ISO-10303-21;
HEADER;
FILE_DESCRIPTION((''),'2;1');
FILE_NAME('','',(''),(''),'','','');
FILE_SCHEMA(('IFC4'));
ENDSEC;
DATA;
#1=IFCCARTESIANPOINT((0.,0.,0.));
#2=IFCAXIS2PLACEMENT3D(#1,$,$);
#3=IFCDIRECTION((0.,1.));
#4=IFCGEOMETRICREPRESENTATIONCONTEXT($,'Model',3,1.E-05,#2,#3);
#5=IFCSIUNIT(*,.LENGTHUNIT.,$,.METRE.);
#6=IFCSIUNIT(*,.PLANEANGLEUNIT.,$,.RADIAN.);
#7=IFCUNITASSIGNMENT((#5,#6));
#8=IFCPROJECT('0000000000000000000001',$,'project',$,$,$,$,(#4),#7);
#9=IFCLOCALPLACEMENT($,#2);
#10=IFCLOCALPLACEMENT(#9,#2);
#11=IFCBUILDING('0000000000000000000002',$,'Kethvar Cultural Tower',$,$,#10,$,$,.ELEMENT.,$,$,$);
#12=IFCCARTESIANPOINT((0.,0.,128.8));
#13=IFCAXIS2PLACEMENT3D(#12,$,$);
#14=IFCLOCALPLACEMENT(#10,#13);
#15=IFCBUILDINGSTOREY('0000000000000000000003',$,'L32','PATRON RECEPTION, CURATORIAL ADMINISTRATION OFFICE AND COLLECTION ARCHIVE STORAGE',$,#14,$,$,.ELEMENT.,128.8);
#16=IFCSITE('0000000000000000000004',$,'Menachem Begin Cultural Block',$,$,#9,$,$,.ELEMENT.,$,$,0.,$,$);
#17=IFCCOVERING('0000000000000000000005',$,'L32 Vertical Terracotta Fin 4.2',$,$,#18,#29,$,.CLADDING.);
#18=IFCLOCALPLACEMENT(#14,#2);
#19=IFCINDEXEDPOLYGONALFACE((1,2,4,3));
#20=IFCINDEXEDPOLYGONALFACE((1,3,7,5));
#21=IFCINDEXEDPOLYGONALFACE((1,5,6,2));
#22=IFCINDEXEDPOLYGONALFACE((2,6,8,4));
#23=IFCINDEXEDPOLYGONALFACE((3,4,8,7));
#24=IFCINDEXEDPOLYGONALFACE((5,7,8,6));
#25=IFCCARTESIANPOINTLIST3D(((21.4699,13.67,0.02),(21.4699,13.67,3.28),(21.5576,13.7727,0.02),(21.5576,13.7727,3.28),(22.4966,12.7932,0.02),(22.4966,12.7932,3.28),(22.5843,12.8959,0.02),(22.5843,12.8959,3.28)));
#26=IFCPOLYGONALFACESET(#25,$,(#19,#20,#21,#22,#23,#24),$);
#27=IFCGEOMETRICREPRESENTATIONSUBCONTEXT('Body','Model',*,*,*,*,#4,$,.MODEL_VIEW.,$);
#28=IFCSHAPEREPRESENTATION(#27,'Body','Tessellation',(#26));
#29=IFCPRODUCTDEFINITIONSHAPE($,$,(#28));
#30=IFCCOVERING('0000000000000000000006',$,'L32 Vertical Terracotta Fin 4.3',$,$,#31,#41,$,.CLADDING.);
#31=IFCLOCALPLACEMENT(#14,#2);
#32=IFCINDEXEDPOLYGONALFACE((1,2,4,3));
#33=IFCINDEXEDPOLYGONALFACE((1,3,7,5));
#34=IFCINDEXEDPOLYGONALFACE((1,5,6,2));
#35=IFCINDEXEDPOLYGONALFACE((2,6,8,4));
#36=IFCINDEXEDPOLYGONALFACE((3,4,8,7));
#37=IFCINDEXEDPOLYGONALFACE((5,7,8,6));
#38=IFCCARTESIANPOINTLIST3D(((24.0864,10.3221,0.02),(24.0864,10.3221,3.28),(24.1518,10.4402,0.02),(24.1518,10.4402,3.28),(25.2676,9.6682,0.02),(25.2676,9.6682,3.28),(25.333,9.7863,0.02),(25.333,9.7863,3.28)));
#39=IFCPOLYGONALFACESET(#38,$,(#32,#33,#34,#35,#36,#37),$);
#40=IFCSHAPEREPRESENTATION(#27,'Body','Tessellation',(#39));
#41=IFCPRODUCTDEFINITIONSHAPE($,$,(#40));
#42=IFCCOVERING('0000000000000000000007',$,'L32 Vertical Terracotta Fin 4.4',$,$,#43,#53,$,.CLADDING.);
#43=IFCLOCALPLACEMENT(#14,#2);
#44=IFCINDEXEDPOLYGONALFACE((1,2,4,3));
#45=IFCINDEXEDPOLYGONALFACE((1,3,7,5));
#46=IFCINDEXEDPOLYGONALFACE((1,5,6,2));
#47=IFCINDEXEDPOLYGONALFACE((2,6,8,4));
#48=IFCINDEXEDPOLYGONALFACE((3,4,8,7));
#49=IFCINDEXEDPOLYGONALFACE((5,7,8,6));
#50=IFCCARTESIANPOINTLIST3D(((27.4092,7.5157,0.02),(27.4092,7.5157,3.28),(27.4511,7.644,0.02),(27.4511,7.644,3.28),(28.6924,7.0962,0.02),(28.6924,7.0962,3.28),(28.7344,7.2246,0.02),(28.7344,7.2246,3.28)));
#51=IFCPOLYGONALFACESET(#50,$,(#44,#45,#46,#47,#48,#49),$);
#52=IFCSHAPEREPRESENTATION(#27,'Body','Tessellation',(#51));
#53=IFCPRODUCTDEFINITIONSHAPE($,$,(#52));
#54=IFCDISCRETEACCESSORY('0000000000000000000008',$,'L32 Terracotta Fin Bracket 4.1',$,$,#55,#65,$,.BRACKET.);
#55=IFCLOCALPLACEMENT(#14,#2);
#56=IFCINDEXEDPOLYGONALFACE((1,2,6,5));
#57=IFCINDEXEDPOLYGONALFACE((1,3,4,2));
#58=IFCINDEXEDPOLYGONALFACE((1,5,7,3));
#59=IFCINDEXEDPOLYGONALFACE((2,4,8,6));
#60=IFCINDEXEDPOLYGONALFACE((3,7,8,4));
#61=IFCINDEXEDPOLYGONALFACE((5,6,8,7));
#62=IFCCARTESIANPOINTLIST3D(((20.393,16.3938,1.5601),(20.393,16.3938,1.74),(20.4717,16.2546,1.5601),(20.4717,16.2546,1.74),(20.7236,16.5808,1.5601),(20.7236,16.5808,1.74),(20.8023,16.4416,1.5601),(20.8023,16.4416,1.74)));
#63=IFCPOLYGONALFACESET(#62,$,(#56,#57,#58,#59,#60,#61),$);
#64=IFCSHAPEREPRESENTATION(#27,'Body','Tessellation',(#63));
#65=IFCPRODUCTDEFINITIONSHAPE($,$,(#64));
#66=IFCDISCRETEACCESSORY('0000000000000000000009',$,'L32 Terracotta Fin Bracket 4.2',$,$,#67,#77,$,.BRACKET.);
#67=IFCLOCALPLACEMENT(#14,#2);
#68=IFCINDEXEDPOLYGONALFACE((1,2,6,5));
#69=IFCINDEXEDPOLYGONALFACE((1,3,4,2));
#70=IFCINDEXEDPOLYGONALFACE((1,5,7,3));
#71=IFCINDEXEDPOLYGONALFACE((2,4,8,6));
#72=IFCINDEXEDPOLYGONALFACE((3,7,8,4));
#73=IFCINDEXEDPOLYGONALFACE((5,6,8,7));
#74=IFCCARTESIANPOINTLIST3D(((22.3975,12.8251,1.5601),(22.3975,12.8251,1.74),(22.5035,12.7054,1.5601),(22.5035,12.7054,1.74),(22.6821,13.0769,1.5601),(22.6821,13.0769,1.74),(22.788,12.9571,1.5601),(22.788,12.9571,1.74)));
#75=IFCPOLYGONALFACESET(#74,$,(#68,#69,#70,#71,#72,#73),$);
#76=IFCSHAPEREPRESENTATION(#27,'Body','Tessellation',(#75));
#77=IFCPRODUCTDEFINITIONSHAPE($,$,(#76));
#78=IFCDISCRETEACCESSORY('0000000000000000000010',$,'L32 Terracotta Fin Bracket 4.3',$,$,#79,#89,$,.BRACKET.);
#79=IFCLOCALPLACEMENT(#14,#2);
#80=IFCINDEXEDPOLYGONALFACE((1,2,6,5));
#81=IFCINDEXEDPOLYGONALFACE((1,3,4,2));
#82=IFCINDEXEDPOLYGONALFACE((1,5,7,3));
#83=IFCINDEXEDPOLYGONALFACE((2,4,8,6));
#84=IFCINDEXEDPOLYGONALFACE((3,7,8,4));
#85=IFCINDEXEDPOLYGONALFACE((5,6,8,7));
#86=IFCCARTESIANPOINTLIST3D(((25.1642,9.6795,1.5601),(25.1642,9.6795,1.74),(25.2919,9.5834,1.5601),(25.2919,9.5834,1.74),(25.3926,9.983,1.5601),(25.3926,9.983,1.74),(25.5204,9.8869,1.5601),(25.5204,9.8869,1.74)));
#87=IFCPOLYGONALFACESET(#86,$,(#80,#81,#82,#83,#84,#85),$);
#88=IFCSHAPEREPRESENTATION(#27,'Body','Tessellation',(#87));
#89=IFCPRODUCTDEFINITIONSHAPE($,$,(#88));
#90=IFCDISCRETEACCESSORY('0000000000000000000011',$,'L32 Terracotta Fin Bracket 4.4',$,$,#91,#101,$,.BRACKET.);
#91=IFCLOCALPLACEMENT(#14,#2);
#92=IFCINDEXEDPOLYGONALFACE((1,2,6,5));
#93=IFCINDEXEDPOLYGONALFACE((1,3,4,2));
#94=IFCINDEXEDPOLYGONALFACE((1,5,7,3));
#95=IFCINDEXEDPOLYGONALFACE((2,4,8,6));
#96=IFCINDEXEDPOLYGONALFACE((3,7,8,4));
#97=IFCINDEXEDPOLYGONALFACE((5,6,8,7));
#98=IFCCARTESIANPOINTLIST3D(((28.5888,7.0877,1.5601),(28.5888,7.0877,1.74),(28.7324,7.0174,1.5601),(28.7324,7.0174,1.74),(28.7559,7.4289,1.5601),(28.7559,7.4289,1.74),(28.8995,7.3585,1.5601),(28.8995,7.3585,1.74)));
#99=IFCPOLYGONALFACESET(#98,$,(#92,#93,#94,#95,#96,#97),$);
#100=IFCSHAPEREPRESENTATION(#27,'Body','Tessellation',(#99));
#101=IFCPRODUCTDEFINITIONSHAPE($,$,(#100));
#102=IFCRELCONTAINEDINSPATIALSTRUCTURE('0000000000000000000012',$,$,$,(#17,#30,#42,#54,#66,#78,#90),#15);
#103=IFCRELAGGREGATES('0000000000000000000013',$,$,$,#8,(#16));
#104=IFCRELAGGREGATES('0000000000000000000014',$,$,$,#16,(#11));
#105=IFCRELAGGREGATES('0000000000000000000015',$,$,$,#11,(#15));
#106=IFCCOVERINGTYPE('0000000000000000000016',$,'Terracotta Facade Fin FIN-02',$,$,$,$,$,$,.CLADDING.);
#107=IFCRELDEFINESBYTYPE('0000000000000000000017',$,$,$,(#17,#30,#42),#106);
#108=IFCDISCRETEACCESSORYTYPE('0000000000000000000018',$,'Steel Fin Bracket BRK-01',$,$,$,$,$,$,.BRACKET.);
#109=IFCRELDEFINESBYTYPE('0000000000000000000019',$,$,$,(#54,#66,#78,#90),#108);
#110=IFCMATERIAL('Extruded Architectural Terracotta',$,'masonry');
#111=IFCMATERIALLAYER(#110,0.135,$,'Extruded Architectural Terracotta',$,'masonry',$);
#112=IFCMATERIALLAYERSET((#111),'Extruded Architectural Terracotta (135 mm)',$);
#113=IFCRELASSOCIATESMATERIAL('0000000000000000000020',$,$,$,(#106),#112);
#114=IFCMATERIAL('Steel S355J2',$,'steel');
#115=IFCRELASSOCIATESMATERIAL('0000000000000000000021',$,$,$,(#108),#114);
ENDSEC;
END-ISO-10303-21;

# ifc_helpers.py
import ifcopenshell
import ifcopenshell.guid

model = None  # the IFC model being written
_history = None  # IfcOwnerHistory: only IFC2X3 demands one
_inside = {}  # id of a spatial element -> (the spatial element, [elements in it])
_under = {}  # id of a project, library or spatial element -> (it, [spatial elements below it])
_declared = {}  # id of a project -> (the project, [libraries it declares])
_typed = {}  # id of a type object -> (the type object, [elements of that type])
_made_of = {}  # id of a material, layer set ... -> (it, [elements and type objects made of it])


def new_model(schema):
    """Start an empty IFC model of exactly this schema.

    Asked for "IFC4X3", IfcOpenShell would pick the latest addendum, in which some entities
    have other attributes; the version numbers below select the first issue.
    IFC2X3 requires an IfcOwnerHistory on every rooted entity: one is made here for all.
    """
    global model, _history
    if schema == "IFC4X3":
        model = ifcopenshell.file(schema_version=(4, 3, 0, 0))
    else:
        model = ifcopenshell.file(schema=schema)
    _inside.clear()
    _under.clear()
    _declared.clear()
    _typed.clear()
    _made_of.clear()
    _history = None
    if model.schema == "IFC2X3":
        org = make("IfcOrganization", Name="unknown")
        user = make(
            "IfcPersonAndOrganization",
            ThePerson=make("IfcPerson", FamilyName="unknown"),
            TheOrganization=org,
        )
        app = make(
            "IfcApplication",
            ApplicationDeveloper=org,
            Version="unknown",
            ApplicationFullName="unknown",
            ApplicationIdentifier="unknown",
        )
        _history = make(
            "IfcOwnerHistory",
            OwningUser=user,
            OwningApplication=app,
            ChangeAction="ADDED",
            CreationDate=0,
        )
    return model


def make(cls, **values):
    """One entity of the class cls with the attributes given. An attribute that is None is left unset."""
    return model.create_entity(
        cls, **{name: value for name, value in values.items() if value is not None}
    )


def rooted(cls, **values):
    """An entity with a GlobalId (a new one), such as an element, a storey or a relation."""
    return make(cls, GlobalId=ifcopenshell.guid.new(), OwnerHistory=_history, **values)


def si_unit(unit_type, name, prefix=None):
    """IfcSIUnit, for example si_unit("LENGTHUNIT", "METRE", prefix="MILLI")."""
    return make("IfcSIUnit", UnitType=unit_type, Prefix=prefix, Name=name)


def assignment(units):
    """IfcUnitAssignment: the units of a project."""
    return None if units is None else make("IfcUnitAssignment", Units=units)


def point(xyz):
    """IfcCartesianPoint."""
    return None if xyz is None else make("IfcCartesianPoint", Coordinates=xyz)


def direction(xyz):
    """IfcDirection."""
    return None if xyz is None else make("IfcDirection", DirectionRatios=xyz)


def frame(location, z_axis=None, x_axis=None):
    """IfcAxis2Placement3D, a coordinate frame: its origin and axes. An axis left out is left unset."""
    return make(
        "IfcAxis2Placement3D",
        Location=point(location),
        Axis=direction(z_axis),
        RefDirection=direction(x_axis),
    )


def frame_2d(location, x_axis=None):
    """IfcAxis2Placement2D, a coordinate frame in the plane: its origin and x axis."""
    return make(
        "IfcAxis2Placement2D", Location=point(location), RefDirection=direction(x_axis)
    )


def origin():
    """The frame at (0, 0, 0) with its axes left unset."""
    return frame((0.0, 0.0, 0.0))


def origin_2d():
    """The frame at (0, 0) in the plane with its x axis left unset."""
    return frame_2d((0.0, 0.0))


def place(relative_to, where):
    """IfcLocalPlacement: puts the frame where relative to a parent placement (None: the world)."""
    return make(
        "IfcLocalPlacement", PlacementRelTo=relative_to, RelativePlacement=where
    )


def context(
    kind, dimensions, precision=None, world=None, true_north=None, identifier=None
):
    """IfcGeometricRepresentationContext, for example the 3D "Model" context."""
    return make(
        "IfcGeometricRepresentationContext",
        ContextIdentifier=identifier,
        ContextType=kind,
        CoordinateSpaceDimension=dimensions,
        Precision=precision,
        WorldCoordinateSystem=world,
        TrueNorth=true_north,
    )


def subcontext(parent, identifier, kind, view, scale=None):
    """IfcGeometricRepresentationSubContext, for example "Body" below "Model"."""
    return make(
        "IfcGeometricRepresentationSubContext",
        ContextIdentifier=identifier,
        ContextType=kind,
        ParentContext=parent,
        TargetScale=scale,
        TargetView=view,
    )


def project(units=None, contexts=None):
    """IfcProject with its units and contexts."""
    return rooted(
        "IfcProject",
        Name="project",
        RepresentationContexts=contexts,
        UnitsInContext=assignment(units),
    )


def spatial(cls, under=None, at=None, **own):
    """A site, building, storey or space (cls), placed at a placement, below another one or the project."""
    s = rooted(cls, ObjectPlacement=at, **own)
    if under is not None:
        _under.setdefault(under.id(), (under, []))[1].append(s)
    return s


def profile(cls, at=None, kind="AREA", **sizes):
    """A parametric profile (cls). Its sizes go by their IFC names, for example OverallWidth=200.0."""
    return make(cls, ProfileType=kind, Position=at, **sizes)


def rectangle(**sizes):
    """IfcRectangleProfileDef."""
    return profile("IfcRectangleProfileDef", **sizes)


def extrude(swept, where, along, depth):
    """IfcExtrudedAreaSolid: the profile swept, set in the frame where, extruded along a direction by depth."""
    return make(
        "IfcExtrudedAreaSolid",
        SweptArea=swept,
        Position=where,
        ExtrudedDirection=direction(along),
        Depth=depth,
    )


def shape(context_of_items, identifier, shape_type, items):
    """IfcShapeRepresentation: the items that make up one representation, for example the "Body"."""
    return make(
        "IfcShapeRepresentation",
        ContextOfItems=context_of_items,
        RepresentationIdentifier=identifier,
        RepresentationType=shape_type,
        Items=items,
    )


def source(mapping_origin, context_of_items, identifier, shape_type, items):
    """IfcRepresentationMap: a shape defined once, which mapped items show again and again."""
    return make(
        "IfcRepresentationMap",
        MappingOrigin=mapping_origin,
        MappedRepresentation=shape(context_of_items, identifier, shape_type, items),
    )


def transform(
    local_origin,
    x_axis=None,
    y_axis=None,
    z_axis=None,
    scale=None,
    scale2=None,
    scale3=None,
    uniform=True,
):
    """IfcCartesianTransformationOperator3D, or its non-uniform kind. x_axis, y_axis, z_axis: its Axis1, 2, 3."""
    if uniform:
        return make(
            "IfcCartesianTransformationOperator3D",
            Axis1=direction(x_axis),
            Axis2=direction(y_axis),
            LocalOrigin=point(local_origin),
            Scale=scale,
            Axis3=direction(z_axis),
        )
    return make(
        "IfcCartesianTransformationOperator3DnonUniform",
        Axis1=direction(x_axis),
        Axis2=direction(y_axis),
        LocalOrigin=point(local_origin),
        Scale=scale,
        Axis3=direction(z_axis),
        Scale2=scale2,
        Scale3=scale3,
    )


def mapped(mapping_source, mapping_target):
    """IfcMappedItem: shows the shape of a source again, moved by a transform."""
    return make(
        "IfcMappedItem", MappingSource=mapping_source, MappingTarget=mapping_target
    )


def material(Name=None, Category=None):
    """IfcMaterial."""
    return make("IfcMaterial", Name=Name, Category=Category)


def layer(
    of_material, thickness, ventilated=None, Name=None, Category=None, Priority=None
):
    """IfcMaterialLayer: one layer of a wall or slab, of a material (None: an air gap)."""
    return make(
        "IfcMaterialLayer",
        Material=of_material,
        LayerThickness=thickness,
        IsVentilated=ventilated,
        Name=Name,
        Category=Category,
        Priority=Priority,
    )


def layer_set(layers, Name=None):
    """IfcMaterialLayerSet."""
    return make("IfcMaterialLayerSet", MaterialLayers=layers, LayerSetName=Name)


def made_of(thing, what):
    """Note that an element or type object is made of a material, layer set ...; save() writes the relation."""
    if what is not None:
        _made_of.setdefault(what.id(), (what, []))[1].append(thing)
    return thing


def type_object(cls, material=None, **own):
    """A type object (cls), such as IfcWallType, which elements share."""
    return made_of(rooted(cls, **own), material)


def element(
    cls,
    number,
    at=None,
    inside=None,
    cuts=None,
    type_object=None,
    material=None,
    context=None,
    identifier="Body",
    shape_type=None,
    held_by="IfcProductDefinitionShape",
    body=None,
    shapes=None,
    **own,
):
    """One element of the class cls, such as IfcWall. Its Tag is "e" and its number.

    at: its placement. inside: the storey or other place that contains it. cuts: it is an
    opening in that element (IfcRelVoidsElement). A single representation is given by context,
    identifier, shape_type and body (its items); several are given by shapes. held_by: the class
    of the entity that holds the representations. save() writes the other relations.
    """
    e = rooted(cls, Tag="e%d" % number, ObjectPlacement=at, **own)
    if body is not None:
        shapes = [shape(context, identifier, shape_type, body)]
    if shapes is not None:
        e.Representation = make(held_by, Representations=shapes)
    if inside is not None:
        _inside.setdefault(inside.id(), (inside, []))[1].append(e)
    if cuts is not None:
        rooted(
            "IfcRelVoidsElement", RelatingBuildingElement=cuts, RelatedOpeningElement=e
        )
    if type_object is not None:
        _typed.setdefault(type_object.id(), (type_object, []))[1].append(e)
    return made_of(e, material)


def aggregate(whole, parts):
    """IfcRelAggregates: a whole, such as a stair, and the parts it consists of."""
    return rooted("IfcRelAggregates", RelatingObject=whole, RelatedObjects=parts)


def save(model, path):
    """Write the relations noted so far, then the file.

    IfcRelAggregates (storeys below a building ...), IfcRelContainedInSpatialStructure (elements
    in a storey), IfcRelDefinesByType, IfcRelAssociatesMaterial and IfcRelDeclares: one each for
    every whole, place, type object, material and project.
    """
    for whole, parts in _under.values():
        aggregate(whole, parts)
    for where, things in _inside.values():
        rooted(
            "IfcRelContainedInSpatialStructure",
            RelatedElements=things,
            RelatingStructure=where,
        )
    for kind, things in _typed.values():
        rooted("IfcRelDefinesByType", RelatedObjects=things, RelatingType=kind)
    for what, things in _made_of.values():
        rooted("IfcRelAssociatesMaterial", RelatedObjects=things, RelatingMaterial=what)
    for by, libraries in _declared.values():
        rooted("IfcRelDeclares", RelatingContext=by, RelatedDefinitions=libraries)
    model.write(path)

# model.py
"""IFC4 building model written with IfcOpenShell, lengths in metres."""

from ifc_helpers import new_model, si_unit, direction, frame, origin, origin_2d, place, context, subcontext, project, spatial, rectangle, extrude, source, transform, mapped, material, layer, layer_set, type_object, element, save


model = new_model("IFC4")

# Units and contexts
model_context = context("Model", 3, precision=1e-05, world=origin(), true_north=direction((0.0, 1.0)))
body_context = subcontext(model_context, "Body", "Model", "MODEL_VIEW")
ifc_project = project(units=[si_unit("LENGTHUNIT", "METRE"), si_unit("PLANEANGLEUNIT", "RADIAN")], contexts=[model_context])

# Site, building, storey
site_placement = place(None, origin())
site = spatial("IfcSite", under=ifc_project, at=site_placement, Name="Menachem Begin Cultural Block", CompositionType="ELEMENT", RefElevation=0.0)
building_placement = place(site_placement, origin())
building = spatial("IfcBuilding", under=site, at=building_placement, Name="Kethvar Cultural Tower", CompositionType="ELEMENT")
storey_placement = place(building_placement, frame((0.0, 0.0, 128.8)))
storey = spatial("IfcBuildingStorey", under=building, at=storey_placement, Name="L32", Description="PATRON RECEPTION, CURATORIAL ADMINISTRATION OFFICE AND COLLECTION ARCHIVE STORAGE", CompositionType="ELEMENT", Elevation=128.8)

# Shared definitions
ifc_material_1 = material(Name="Steel S355J2", Category="steel")

# Coverings
ifc_material_2 = material(Name="Extruded Architectural Terracotta", Category="masonry")
ifc_layer_1 = layer(ifc_material_2, 0.135, Name="Extruded Architectural Terracotta", Category="masonry")
ifc_layer_set_1 = layer_set([ifc_layer_1], Name="Extruded Architectural Terracotta (135 mm)")
covering_type = type_object("IfcCoveringType", Name="Terracotta Facade Fin FIN-02", PredefinedType="CLADDING", material=ifc_layer_set_1)
shared_shape_1 = source(origin(), body_context, "Body", "SweptSolid", [
    extrude(rectangle(XDim=1.3501, YDim=0.135, at=origin_2d()), origin(), (0.0, 0.0, 1.0), 3.26),
])
for number, where, z_axis, x_axis, name in (
    (1, (22.0271, 13.283, 0.02), (0.0, 0.0, 1.0), (-0.760406, 0.649448, 0.0), "L32 Vertical Terracotta Fin 4.2"),
    (2, (24.7097, 10.0542, 0.02), (0.0, 0.0, 1.0), (-0.874873, 0.484352, 0.0), "L32 Vertical Terracotta Fin 4.3"),
    (3, (28.0718, 7.3701, 0.02), (0.0, 0.0, 1.0), (-0.950516, 0.310676, 0.0), "L32 Vertical Terracotta Fin 4.4"),
):
    element("IfcCovering", number, at=place(storey_placement, frame(where, z_axis=z_axis, x_axis=x_axis)), inside=storey, type_object=covering_type, Name=name, PredefinedType="CLADDING", context=body_context, shape_type="MappedRepresentation", body=[
        mapped(shared_shape_1, transform((0.0, 0.0, 0.0), scale=1.0)),
    ])

# Discrete accessories
discrete_accessory_type = type_object("IfcDiscreteAccessoryType", Name="Steel Fin Bracket BRK-01", PredefinedType="BRACKET", material=ifc_material_1)
shared_shape_2 = source(origin(), body_context, "Body", "SweptSolid", [
    extrude(rectangle(XDim=0.3799, YDim=0.1599, at=origin_2d()), origin(), (0.0, 0.0, 1.0), 0.1799),
])
for number, where, z_axis, x_axis, name in (
    (4, (20.5977, 16.4177, 1.5601), (0.0, 0.0, 1.0), (-0.870442, -0.492272, 0.0), "L32 Terracotta Fin Bracket 4.1"),
    (5, (22.5928, 12.8911, 1.5601), (0.0, 0.0, 1.0), (-0.748956, -0.66262, 0.0), "L32 Terracotta Fin Bracket 4.2"),
    (6, (25.3423, 9.7832, 1.5601), (0.0, 0.0, 1.0), (-0.601397, -0.798951, 0.0), "L32 Terracotta Fin Bracket 4.3"),
    (7, (28.7441, 7.2231, 1.5601), (0.0, 0.0, 1.0), (-0.439939, -0.898028, 0.0), "L32 Terracotta Fin Bracket 4.4"),
):
    element("IfcDiscreteAccessory", number, at=place(storey_placement, frame(where, z_axis=z_axis, x_axis=x_axis)), inside=storey, type_object=discrete_accessory_type, Name=name, PredefinedType="BRACKET", context=body_context, shape_type="MappedRepresentation", body=[
        mapped(shared_shape_2, transform((0.0, 0.0, 0.0), scale=1.0)),
    ])

save(model, "model.ifc")
